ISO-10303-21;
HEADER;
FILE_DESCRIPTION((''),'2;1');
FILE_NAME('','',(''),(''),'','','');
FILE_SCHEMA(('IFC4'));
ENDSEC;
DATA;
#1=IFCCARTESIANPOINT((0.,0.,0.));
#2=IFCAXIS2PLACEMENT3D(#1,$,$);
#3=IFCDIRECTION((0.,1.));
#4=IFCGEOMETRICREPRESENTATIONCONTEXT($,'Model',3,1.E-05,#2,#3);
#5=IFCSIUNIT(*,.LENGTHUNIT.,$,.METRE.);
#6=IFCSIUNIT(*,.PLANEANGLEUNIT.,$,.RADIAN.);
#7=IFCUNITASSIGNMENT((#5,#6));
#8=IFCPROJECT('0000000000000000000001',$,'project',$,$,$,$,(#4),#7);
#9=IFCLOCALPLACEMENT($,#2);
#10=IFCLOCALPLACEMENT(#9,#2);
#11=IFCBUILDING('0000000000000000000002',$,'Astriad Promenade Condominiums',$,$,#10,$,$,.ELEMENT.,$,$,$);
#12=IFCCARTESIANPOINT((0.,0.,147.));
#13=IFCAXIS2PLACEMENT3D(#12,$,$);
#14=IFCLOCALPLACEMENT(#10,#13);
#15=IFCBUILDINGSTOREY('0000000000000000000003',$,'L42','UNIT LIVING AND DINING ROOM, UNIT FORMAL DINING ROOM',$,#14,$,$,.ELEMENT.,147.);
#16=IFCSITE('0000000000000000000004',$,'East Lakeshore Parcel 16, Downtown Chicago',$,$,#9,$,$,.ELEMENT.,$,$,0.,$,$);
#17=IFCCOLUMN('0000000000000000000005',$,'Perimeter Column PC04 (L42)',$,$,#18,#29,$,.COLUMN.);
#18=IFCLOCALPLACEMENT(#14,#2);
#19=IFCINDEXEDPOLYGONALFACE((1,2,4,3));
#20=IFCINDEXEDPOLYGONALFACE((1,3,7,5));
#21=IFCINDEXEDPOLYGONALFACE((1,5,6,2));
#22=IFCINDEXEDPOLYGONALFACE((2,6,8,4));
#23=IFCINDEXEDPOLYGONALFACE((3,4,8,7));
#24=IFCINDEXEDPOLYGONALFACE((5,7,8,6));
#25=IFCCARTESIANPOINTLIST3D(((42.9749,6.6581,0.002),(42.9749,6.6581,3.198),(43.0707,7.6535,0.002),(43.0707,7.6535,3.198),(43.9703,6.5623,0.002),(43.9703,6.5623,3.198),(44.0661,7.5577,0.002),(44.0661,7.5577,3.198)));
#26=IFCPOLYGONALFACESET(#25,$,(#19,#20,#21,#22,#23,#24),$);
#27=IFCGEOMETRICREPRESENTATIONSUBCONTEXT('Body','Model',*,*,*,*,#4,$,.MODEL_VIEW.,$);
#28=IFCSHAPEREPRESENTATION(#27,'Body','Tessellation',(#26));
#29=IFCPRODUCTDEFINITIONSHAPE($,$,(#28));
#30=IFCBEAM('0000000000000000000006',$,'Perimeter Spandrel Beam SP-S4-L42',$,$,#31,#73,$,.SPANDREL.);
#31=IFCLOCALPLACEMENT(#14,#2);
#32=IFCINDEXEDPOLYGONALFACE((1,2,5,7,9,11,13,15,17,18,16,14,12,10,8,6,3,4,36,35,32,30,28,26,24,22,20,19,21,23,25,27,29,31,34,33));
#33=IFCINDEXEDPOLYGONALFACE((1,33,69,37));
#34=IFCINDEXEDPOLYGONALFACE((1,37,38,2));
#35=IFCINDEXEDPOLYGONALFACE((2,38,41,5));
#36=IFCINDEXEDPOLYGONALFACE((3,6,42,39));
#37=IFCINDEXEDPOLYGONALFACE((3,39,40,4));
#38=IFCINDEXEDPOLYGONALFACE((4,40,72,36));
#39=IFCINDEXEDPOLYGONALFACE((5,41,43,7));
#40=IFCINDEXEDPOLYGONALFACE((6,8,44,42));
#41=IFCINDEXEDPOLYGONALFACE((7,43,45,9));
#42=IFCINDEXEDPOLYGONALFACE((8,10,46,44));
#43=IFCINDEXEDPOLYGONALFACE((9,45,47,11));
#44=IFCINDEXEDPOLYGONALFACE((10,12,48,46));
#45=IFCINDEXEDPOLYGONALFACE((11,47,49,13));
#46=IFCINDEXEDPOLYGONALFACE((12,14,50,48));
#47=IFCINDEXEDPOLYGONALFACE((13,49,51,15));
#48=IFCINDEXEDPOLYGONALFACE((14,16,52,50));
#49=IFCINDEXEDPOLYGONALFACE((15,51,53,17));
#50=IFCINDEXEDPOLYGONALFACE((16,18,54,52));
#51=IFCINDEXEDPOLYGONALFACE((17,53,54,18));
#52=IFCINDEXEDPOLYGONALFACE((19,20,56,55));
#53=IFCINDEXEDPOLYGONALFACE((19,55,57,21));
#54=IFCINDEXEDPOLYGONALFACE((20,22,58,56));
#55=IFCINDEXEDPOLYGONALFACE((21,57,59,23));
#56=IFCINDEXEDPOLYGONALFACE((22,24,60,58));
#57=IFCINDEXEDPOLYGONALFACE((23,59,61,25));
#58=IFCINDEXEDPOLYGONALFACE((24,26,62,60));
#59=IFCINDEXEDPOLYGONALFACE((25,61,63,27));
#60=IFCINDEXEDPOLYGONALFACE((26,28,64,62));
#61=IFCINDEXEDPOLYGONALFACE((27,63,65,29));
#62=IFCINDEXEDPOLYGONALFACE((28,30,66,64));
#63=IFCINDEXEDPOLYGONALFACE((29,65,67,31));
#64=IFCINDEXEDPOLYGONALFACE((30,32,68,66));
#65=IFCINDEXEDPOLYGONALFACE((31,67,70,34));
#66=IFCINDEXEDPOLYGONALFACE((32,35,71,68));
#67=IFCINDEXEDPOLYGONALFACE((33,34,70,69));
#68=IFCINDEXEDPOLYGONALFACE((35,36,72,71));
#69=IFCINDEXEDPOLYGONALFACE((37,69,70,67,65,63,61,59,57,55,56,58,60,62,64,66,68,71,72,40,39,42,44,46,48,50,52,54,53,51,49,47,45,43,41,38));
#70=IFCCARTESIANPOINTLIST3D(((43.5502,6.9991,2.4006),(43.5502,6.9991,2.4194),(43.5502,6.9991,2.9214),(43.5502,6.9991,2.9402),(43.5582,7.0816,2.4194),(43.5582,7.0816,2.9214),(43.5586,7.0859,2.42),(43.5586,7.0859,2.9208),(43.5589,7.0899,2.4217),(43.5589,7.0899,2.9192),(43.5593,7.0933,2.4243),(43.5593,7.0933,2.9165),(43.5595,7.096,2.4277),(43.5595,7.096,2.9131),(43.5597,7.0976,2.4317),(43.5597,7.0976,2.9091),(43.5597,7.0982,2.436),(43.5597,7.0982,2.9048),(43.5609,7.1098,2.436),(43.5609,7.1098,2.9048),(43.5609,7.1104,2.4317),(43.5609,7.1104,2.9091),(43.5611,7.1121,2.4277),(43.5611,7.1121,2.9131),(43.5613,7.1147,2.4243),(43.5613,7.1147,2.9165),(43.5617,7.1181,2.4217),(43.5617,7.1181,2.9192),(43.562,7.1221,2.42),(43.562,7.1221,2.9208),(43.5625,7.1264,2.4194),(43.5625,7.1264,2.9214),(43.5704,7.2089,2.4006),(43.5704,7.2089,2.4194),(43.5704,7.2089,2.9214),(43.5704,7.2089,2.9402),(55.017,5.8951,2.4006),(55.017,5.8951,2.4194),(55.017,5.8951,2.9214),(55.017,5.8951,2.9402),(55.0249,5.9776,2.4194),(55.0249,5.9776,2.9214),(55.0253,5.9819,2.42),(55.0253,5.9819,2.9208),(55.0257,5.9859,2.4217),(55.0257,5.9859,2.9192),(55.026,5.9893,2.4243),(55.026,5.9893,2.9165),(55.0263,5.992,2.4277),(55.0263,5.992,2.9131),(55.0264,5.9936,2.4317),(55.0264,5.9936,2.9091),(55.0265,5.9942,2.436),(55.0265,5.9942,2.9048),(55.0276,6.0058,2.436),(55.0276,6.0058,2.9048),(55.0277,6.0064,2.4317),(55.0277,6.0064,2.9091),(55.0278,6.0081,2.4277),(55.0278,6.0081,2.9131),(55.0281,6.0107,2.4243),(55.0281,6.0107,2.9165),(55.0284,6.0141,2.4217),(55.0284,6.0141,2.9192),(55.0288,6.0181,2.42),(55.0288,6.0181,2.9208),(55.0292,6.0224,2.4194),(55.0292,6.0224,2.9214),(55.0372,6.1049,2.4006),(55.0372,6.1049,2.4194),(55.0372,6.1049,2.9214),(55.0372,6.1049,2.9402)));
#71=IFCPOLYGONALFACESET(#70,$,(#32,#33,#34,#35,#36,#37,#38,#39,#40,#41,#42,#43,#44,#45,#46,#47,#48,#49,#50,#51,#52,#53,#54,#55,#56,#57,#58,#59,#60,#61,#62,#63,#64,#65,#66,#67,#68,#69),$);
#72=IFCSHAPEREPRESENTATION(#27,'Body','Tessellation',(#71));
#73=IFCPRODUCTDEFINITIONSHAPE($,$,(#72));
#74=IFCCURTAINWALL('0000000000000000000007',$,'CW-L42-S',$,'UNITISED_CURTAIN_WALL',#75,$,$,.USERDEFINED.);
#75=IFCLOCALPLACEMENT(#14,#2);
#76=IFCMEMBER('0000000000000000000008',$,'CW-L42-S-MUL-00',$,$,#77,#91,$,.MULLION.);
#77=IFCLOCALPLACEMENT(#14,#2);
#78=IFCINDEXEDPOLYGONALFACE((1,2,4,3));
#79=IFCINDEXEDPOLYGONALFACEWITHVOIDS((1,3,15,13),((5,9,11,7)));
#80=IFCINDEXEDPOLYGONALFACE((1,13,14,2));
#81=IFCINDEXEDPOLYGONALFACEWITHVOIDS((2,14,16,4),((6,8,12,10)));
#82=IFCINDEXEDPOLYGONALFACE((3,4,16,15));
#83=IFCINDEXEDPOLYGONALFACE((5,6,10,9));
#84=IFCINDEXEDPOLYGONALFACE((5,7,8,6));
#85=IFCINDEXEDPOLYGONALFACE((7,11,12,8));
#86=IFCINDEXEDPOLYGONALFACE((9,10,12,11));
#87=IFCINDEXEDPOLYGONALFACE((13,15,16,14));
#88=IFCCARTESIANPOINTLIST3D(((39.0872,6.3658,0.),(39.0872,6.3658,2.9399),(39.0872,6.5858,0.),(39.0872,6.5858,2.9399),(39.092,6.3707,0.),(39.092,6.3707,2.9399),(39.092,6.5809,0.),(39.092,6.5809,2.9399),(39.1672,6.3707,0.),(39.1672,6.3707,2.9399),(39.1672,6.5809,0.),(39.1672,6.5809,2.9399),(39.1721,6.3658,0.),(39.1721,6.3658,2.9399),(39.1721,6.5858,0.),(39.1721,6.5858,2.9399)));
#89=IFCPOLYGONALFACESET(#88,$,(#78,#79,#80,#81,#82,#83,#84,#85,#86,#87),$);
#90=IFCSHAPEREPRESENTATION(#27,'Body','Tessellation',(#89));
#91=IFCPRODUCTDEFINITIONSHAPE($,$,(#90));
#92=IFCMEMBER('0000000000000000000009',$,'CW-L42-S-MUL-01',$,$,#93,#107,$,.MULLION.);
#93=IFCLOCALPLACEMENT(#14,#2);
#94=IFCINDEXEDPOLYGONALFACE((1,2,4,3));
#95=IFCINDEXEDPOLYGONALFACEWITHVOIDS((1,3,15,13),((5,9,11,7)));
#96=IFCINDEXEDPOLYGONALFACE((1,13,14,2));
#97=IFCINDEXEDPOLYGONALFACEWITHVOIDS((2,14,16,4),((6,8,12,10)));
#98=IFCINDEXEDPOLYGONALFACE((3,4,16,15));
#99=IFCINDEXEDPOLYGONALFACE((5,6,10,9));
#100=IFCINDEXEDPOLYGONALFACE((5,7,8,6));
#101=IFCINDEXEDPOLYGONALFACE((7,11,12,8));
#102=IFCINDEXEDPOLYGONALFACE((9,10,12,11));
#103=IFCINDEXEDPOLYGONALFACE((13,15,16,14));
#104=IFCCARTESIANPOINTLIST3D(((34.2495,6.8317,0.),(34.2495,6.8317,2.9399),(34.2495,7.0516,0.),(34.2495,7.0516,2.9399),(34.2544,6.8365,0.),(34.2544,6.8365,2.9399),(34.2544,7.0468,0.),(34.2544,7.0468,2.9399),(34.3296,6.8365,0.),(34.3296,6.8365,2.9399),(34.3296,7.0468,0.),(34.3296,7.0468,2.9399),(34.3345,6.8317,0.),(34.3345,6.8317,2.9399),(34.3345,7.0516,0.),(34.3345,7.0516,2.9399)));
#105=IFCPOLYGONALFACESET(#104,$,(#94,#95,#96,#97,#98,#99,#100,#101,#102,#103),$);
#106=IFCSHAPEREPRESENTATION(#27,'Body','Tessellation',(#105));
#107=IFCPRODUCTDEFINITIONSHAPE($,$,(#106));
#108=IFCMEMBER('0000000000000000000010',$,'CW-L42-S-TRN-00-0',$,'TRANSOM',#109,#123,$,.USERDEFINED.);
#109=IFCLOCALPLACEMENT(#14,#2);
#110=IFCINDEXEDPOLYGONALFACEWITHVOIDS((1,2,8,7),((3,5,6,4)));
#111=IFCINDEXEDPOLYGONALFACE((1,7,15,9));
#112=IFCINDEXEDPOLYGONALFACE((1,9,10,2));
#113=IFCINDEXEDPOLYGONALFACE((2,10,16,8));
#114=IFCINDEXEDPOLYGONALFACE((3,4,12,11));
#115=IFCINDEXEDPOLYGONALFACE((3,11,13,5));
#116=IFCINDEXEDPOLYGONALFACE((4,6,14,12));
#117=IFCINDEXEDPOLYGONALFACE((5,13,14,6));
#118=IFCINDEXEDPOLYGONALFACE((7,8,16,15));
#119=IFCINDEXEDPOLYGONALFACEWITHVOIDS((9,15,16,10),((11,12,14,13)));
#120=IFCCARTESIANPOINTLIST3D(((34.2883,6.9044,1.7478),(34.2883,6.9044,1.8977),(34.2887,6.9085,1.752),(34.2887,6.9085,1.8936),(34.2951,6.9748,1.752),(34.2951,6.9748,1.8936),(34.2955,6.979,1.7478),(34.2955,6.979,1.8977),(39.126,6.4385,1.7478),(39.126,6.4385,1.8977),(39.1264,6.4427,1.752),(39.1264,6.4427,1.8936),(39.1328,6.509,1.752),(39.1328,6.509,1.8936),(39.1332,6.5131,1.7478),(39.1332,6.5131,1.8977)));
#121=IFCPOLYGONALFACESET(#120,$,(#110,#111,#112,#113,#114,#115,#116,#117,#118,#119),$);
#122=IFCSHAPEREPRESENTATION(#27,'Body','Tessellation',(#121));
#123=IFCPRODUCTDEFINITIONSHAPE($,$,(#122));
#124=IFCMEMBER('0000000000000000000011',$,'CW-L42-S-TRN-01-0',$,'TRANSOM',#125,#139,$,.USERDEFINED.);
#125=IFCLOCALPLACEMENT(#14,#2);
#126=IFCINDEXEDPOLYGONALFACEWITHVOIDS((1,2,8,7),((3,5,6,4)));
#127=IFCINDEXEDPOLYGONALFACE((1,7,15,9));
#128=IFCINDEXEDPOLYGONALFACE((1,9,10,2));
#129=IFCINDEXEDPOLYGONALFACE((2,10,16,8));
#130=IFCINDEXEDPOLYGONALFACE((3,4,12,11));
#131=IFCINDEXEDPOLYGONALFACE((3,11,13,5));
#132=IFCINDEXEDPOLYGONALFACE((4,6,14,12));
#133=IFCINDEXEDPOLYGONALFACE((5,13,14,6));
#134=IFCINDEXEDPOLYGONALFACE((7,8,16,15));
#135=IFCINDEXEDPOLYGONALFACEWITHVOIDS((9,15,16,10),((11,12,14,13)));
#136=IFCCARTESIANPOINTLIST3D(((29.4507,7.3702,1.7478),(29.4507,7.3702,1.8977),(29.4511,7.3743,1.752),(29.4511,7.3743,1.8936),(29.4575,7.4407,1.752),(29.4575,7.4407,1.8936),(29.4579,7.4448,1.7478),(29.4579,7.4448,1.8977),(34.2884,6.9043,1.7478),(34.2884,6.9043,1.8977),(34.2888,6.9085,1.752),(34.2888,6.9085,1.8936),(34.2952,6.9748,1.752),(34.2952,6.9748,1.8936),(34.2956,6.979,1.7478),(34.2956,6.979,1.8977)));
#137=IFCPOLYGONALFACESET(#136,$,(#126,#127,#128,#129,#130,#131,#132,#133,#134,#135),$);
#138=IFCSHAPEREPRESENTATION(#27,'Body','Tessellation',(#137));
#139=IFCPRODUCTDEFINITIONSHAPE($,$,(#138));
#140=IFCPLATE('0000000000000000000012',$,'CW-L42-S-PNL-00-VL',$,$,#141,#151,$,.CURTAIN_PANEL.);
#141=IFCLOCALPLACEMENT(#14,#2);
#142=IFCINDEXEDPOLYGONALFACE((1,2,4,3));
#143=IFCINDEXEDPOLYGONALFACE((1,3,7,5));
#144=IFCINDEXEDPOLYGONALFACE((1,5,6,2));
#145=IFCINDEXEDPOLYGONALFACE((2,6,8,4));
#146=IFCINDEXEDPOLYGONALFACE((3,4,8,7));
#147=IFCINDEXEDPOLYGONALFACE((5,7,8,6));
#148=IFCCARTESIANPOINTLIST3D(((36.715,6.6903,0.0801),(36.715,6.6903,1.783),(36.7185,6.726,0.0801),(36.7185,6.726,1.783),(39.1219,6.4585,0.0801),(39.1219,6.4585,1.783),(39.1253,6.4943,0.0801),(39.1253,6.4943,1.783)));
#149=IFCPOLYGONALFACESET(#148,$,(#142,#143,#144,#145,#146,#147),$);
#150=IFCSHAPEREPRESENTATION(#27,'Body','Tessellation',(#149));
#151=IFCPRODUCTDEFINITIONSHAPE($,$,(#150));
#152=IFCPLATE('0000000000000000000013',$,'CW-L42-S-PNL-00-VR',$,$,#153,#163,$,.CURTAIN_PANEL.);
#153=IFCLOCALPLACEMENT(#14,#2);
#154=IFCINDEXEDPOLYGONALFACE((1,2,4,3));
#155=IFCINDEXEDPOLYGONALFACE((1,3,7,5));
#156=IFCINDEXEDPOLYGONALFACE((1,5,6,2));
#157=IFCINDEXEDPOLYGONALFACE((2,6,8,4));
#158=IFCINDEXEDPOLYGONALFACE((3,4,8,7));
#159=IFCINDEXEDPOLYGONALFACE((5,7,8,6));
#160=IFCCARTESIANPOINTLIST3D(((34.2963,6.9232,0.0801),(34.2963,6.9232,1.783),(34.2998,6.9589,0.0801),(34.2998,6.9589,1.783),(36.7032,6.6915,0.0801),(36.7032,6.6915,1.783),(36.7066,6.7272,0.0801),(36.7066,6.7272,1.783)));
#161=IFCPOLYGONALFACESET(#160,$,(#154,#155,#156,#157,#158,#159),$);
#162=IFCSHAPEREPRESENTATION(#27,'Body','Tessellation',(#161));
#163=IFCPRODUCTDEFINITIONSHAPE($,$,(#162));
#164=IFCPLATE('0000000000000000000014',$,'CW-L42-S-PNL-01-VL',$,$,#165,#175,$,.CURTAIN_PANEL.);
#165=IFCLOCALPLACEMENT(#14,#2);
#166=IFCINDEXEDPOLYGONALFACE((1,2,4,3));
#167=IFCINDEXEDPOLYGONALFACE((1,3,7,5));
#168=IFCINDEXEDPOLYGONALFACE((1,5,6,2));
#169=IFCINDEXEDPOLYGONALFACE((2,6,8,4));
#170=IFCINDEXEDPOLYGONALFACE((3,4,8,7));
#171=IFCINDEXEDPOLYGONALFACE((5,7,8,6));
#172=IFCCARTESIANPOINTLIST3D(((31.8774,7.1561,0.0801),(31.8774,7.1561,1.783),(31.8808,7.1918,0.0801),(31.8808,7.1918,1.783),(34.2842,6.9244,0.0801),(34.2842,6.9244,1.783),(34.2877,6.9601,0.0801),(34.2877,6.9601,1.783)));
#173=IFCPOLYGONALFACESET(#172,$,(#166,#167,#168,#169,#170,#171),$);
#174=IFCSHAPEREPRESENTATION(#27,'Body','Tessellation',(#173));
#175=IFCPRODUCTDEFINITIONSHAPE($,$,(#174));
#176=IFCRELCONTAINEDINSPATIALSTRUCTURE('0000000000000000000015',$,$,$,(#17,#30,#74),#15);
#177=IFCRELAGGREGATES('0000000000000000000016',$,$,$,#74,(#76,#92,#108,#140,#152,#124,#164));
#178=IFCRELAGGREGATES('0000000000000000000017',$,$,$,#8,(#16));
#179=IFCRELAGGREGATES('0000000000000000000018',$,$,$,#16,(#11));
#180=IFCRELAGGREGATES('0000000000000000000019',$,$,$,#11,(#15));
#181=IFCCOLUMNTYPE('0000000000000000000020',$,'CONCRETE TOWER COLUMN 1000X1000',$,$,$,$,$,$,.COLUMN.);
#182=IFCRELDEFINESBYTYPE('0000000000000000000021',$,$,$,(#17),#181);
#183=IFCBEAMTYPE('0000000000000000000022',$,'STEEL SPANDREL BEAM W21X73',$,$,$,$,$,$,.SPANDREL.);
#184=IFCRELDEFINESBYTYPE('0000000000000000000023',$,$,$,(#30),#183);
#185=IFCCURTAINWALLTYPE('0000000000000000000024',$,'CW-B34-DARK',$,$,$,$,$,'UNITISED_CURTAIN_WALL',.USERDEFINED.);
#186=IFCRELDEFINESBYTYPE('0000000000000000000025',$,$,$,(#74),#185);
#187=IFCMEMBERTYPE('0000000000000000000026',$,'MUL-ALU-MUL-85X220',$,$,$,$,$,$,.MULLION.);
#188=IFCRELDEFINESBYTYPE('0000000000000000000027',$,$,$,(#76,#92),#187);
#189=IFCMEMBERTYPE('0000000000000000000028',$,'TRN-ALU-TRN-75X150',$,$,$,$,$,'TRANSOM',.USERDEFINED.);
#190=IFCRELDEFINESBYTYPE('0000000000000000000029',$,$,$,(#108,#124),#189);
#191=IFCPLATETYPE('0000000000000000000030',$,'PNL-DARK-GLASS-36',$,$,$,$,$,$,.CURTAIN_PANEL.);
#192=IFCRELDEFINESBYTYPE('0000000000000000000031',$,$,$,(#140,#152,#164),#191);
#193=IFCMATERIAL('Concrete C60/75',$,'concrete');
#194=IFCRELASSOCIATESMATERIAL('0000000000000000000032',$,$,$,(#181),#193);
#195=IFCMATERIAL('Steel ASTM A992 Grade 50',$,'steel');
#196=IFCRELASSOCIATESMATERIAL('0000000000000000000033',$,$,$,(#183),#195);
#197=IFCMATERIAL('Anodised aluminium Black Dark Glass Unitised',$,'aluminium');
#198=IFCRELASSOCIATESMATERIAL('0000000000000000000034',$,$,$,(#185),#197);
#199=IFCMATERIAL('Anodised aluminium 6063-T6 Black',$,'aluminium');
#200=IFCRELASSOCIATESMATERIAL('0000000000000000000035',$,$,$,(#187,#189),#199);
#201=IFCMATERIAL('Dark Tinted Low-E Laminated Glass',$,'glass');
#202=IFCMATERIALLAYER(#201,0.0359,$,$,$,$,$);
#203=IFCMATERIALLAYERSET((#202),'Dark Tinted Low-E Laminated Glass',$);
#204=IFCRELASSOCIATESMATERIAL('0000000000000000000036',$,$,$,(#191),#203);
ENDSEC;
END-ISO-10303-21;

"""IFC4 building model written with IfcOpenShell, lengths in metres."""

from ifc_helpers import new_model, si_unit, direction, frame, origin, origin_2d, place, context, subcontext, project, spatial, rectangle, hollow_rectangle, i_section, extrude, source, transform, mapped, material, layer, layer_set, material_profile, profile_set, type_object, type_shapes, element, aggregate, save


model = new_model("IFC4")

# Units and contexts
model_context = context("Model", 3, precision=1e-05, world=origin(), true_north=direction((0.0, 1.0)))
body_context = subcontext(model_context, "Body", "Model", "MODEL_VIEW")
ifc_project = project(units=[si_unit("LENGTHUNIT", "METRE"), si_unit("PLANEANGLEUNIT", "RADIAN")], contexts=[model_context])

# Site, building, storey
site_placement = place(None, origin())
site = spatial("IfcSite", under=ifc_project, at=site_placement, Name="East Lakeshore Parcel 16, Downtown Chicago", CompositionType="ELEMENT", RefElevation=0.0)
building_placement = place(site_placement, origin())
building = spatial("IfcBuilding", under=site, at=building_placement, Name="Astriad Promenade Condominiums", CompositionType="ELEMENT")
storey_placement = place(building_placement, frame((0.0, 0.0, 147.0)))
storey = spatial("IfcBuildingStorey", under=building, at=storey_placement, Name="L42", Description="UNIT LIVING AND DINING ROOM, UNIT FORMAL DINING ROOM", CompositionType="ELEMENT", Elevation=147.0)

# Column
ifc_material_1 = material(Name="Concrete C60/75", Category="concrete")
ifc_material_profile_1 = material_profile(ifc_material_1, rectangle(XDim=1.0, YDim=1.0, at=origin_2d()), Name="RC-COL-1000X1000")
ifc_profile_set_1 = profile_set([ifc_material_profile_1], Name="Concrete C60/75")
column_type = type_object("IfcColumnType", Name="CONCRETE TOWER COLUMN 1000X1000", PredefinedType="COLUMN", material=ifc_profile_set_1)
shared_shape_1 = source(origin(), body_context, "Body", "SweptSolid", [
    extrude(rectangle(XDim=1.0, YDim=1.0, at=origin_2d()), origin(), (0.0, 0.0, 1.0), 3.196),
])
type_shapes(column_type, [shared_shape_1])
column_placement = place(storey_placement, frame((43.5205, 7.1079, 0.002), z_axis=(0.0, 0.0, 1.0), x_axis=(0.995396, -0.095846, 0.0)))
element("IfcColumn", 1, at=column_placement, inside=storey, type_object=column_type, Name="Perimeter Column PC04 (L42)", PredefinedType="COLUMN", context=body_context, shape_type="MappedRepresentation", body=[
    mapped(shared_shape_1, transform((0.0, 0.0, 0.0), scale=1.0)),
])

# Beam
ifc_material_2 = material(Name="Steel ASTM A992 Grade 50", Category="steel")
ifc_material_profile_2 = material_profile(ifc_material_2, i_section(OverallWidth=0.2107, OverallDepth=0.5396, WebThickness=0.0117, FlangeThickness=0.0188, FilletRadius=0.0166, at=origin_2d()), Name="W21X73")
ifc_profile_set_2 = profile_set([ifc_material_profile_2], Name="Steel ASTM A992 Grade 50")
beam_type = type_object("IfcBeamType", Name="STEEL SPANDREL BEAM W21X73", PredefinedType="SPANDREL", material=ifc_profile_set_2)
shared_shape_2 = source(origin(), body_context, "Body", "SweptSolid", [
    extrude(i_section(OverallWidth=0.2107, OverallDepth=0.5396, WebThickness=0.0117, FlangeThickness=0.0188, FilletRadius=0.0166, at=origin_2d()), origin(), (0.0, 0.0, 1.0), 11.5198),
])
type_shapes(beam_type, [shared_shape_2])
beam_placement = place(storey_placement, frame((43.5603, 7.104, 2.6704), z_axis=(0.995397, -0.095835, 0.0), x_axis=(0.095835, 0.995397, 0.0)))
element("IfcBeam", 2, at=beam_placement, inside=storey, type_object=beam_type, Name="Perimeter Spandrel Beam SP-S4-L42", PredefinedType="SPANDREL", context=body_context, shape_type="MappedRepresentation", body=[
    mapped(shared_shape_2, transform((0.0, 0.0, 0.0), scale=1.0)),
])

# Curtain wall, members, plates
ifc_material_3 = material(Name="Anodised aluminium Black Dark Glass Unitised", Category="aluminium")
curtain_wall_type = type_object("IfcCurtainWallType", Name="CW-B34-DARK", ElementType="UNITISED_CURTAIN_WALL", PredefinedType="USERDEFINED", material=ifc_material_3)
curtain_wall_placement = place(storey_placement, origin())
curtain_wall = element("IfcCurtainWall", 3, at=curtain_wall_placement, inside=storey, type_object=curtain_wall_type, Name="CW-L42-S", ObjectType="UNITISED_CURTAIN_WALL", PredefinedType="USERDEFINED")
ifc_material_4 = material(Name="Anodised aluminium 6063-T6 Black", Category="aluminium")
ifc_material_profile_3 = material_profile(ifc_material_4, hollow_rectangle(XDim=0.085, YDim=0.22, WallThickness=0.0049, at=origin_2d()), Name="ALU-MUL-85X220")
ifc_profile_set_3 = profile_set([ifc_material_profile_3], Name="Anodised aluminium 6063-T6 Black")
member_type_1 = type_object("IfcMemberType", Name="MUL-ALU-MUL-85X220", PredefinedType="MULLION", material=ifc_profile_set_3)
shared_shape_3 = source(origin(), body_context, "Body", "SweptSolid", [
    extrude(hollow_rectangle(XDim=0.085, YDim=0.22, WallThickness=0.0049, at=origin_2d()), origin(), (0.0, 0.0, 1.0), 2.9399),
])
type_shapes(member_type_1, [shared_shape_3])
member_1_placement = place(storey_placement, frame((39.1296, 6.4758, 0.0), z_axis=(0.0, 0.0, 1.0), x_axis=(1.0, 0.0, 0.0)))
member_1 = element("IfcMember", 4, at=member_1_placement, type_object=member_type_1, Name="CW-L42-S-MUL-00", PredefinedType="MULLION", context=body_context, shape_type="MappedRepresentation", body=[
    mapped(shared_shape_3, transform((0.0, 0.0, 0.0), scale=1.0)),
])
member_2_placement = place(storey_placement, frame((34.292, 6.9417, 0.0), z_axis=(0.0, 0.0, 1.0), x_axis=(1.0, 0.0, 0.0)))
member_2 = element("IfcMember", 5, at=member_2_placement, type_object=member_type_1, Name="CW-L42-S-MUL-01", PredefinedType="MULLION", context=body_context, shape_type="MappedRepresentation", body=[
    mapped(shared_shape_3, transform((0.0, 0.0, 0.0), scale=1.0)),
])
ifc_material_profile_4 = material_profile(ifc_material_4, hollow_rectangle(XDim=0.075, YDim=0.1499, WallThickness=0.0042, at=origin_2d()), Name="ALU-TRN-75X150")
ifc_profile_set_4 = profile_set([ifc_material_profile_4], Name="Anodised aluminium 6063-T6 Black")
member_type_2 = type_object("IfcMemberType", Name="TRN-ALU-TRN-75X150", ElementType="TRANSOM", PredefinedType="USERDEFINED", material=ifc_profile_set_4)
shared_shape_4 = source(origin(), body_context, "Body", "SweptSolid", [
    extrude(hollow_rectangle(XDim=0.075, YDim=0.1499, WallThickness=0.0042, at=origin_2d()), origin(), (0.0, 0.0, 1.0), 4.8601),
])
type_shapes(member_type_2, [shared_shape_4])
member_3_placement = place(storey_placement, frame((39.1296, 6.4758, 1.8228), z_axis=(-0.995396, 0.095847, 0.0), x_axis=(-0.095847, -0.995396, 0.0)))
member_3 = element("IfcMember", 6, at=member_3_placement, type_object=member_type_2, Name="CW-L42-S-TRN-00-0", ObjectType="TRANSOM", PredefinedType="USERDEFINED", context=body_context, shape_type="MappedRepresentation", body=[
    mapped(shared_shape_4, transform((0.0, 0.0, 0.0), scale=1.0)),
])
member_4_placement = place(storey_placement, frame((34.292, 6.9417, 1.8228), z_axis=(-0.995396, 0.095847, 0.0), x_axis=(-0.095847, -0.995396, 0.0)))
member_4 = element("IfcMember", 7, at=member_4_placement, type_object=member_type_2, Name="CW-L42-S-TRN-01-0", ObjectType="TRANSOM", PredefinedType="USERDEFINED", context=body_context, shape_type="MappedRepresentation", body=[
    mapped(shared_shape_4, transform((0.0, 0.0, 0.0), scale=1.0)),
])
ifc_material_5 = material(Name="Dark Tinted Low-E Laminated Glass", Category="glass")
ifc_layer_1 = layer(ifc_material_5, 0.0359)
ifc_layer_set_1 = layer_set([ifc_layer_1], Name="Dark Tinted Low-E Laminated Glass")
plate_type = type_object("IfcPlateType", Name="PNL-DARK-GLASS-36", PredefinedType="CURTAIN_PANEL", material=ifc_layer_set_1)
shared_shape_5 = source(origin(), body_context, "Body", "SweptSolid", [
    extrude(rectangle(XDim=2.418, YDim=0.0359, at=origin_2d()), origin(), (0.0, 0.0, 1.0), 1.7029),
])
plate_1_placement = place(storey_placement, frame((37.9202, 6.5923, 0.0801), z_axis=(0.0, 0.0, 1.0), x_axis=(-0.995396, 0.095846, 0.0)))
plate_1 = element("IfcPlate", 8, at=plate_1_placement, type_object=plate_type, Name="CW-L42-S-PNL-00-VL", PredefinedType="CURTAIN_PANEL", context=body_context, shape_type="MappedRepresentation", body=[
    mapped(shared_shape_5, transform((0.0, 0.0, 0.0), scale=1.0)),
])
plate_2_placement = place(storey_placement, frame((35.5015, 6.8252, 0.0801), z_axis=(0.0, 0.0, 1.0), x_axis=(-0.995396, 0.095846, 0.0)))
plate_2 = element("IfcPlate", 9, at=plate_2_placement, type_object=plate_type, Name="CW-L42-S-PNL-00-VR", PredefinedType="CURTAIN_PANEL", context=body_context, shape_type="MappedRepresentation", body=[
    mapped(shared_shape_5, transform((0.0, 0.0, 0.0), scale=1.0)),
])
plate_3_placement = place(storey_placement, frame((33.0825, 7.0581, 0.0801), z_axis=(0.0, 0.0, 1.0), x_axis=(-0.995396, 0.095846, 0.0)))
plate_3 = element("IfcPlate", 10, at=plate_3_placement, type_object=plate_type, Name="CW-L42-S-PNL-01-VL", PredefinedType="CURTAIN_PANEL", context=body_context, shape_type="MappedRepresentation", body=[
    mapped(shared_shape_5, transform((0.0, 0.0, 0.0), scale=1.0)),
])
aggregate(curtain_wall, [member_1, member_2, member_3, plate_1, plate_2, member_4, plate_3])

save(model, "model.ifc")
